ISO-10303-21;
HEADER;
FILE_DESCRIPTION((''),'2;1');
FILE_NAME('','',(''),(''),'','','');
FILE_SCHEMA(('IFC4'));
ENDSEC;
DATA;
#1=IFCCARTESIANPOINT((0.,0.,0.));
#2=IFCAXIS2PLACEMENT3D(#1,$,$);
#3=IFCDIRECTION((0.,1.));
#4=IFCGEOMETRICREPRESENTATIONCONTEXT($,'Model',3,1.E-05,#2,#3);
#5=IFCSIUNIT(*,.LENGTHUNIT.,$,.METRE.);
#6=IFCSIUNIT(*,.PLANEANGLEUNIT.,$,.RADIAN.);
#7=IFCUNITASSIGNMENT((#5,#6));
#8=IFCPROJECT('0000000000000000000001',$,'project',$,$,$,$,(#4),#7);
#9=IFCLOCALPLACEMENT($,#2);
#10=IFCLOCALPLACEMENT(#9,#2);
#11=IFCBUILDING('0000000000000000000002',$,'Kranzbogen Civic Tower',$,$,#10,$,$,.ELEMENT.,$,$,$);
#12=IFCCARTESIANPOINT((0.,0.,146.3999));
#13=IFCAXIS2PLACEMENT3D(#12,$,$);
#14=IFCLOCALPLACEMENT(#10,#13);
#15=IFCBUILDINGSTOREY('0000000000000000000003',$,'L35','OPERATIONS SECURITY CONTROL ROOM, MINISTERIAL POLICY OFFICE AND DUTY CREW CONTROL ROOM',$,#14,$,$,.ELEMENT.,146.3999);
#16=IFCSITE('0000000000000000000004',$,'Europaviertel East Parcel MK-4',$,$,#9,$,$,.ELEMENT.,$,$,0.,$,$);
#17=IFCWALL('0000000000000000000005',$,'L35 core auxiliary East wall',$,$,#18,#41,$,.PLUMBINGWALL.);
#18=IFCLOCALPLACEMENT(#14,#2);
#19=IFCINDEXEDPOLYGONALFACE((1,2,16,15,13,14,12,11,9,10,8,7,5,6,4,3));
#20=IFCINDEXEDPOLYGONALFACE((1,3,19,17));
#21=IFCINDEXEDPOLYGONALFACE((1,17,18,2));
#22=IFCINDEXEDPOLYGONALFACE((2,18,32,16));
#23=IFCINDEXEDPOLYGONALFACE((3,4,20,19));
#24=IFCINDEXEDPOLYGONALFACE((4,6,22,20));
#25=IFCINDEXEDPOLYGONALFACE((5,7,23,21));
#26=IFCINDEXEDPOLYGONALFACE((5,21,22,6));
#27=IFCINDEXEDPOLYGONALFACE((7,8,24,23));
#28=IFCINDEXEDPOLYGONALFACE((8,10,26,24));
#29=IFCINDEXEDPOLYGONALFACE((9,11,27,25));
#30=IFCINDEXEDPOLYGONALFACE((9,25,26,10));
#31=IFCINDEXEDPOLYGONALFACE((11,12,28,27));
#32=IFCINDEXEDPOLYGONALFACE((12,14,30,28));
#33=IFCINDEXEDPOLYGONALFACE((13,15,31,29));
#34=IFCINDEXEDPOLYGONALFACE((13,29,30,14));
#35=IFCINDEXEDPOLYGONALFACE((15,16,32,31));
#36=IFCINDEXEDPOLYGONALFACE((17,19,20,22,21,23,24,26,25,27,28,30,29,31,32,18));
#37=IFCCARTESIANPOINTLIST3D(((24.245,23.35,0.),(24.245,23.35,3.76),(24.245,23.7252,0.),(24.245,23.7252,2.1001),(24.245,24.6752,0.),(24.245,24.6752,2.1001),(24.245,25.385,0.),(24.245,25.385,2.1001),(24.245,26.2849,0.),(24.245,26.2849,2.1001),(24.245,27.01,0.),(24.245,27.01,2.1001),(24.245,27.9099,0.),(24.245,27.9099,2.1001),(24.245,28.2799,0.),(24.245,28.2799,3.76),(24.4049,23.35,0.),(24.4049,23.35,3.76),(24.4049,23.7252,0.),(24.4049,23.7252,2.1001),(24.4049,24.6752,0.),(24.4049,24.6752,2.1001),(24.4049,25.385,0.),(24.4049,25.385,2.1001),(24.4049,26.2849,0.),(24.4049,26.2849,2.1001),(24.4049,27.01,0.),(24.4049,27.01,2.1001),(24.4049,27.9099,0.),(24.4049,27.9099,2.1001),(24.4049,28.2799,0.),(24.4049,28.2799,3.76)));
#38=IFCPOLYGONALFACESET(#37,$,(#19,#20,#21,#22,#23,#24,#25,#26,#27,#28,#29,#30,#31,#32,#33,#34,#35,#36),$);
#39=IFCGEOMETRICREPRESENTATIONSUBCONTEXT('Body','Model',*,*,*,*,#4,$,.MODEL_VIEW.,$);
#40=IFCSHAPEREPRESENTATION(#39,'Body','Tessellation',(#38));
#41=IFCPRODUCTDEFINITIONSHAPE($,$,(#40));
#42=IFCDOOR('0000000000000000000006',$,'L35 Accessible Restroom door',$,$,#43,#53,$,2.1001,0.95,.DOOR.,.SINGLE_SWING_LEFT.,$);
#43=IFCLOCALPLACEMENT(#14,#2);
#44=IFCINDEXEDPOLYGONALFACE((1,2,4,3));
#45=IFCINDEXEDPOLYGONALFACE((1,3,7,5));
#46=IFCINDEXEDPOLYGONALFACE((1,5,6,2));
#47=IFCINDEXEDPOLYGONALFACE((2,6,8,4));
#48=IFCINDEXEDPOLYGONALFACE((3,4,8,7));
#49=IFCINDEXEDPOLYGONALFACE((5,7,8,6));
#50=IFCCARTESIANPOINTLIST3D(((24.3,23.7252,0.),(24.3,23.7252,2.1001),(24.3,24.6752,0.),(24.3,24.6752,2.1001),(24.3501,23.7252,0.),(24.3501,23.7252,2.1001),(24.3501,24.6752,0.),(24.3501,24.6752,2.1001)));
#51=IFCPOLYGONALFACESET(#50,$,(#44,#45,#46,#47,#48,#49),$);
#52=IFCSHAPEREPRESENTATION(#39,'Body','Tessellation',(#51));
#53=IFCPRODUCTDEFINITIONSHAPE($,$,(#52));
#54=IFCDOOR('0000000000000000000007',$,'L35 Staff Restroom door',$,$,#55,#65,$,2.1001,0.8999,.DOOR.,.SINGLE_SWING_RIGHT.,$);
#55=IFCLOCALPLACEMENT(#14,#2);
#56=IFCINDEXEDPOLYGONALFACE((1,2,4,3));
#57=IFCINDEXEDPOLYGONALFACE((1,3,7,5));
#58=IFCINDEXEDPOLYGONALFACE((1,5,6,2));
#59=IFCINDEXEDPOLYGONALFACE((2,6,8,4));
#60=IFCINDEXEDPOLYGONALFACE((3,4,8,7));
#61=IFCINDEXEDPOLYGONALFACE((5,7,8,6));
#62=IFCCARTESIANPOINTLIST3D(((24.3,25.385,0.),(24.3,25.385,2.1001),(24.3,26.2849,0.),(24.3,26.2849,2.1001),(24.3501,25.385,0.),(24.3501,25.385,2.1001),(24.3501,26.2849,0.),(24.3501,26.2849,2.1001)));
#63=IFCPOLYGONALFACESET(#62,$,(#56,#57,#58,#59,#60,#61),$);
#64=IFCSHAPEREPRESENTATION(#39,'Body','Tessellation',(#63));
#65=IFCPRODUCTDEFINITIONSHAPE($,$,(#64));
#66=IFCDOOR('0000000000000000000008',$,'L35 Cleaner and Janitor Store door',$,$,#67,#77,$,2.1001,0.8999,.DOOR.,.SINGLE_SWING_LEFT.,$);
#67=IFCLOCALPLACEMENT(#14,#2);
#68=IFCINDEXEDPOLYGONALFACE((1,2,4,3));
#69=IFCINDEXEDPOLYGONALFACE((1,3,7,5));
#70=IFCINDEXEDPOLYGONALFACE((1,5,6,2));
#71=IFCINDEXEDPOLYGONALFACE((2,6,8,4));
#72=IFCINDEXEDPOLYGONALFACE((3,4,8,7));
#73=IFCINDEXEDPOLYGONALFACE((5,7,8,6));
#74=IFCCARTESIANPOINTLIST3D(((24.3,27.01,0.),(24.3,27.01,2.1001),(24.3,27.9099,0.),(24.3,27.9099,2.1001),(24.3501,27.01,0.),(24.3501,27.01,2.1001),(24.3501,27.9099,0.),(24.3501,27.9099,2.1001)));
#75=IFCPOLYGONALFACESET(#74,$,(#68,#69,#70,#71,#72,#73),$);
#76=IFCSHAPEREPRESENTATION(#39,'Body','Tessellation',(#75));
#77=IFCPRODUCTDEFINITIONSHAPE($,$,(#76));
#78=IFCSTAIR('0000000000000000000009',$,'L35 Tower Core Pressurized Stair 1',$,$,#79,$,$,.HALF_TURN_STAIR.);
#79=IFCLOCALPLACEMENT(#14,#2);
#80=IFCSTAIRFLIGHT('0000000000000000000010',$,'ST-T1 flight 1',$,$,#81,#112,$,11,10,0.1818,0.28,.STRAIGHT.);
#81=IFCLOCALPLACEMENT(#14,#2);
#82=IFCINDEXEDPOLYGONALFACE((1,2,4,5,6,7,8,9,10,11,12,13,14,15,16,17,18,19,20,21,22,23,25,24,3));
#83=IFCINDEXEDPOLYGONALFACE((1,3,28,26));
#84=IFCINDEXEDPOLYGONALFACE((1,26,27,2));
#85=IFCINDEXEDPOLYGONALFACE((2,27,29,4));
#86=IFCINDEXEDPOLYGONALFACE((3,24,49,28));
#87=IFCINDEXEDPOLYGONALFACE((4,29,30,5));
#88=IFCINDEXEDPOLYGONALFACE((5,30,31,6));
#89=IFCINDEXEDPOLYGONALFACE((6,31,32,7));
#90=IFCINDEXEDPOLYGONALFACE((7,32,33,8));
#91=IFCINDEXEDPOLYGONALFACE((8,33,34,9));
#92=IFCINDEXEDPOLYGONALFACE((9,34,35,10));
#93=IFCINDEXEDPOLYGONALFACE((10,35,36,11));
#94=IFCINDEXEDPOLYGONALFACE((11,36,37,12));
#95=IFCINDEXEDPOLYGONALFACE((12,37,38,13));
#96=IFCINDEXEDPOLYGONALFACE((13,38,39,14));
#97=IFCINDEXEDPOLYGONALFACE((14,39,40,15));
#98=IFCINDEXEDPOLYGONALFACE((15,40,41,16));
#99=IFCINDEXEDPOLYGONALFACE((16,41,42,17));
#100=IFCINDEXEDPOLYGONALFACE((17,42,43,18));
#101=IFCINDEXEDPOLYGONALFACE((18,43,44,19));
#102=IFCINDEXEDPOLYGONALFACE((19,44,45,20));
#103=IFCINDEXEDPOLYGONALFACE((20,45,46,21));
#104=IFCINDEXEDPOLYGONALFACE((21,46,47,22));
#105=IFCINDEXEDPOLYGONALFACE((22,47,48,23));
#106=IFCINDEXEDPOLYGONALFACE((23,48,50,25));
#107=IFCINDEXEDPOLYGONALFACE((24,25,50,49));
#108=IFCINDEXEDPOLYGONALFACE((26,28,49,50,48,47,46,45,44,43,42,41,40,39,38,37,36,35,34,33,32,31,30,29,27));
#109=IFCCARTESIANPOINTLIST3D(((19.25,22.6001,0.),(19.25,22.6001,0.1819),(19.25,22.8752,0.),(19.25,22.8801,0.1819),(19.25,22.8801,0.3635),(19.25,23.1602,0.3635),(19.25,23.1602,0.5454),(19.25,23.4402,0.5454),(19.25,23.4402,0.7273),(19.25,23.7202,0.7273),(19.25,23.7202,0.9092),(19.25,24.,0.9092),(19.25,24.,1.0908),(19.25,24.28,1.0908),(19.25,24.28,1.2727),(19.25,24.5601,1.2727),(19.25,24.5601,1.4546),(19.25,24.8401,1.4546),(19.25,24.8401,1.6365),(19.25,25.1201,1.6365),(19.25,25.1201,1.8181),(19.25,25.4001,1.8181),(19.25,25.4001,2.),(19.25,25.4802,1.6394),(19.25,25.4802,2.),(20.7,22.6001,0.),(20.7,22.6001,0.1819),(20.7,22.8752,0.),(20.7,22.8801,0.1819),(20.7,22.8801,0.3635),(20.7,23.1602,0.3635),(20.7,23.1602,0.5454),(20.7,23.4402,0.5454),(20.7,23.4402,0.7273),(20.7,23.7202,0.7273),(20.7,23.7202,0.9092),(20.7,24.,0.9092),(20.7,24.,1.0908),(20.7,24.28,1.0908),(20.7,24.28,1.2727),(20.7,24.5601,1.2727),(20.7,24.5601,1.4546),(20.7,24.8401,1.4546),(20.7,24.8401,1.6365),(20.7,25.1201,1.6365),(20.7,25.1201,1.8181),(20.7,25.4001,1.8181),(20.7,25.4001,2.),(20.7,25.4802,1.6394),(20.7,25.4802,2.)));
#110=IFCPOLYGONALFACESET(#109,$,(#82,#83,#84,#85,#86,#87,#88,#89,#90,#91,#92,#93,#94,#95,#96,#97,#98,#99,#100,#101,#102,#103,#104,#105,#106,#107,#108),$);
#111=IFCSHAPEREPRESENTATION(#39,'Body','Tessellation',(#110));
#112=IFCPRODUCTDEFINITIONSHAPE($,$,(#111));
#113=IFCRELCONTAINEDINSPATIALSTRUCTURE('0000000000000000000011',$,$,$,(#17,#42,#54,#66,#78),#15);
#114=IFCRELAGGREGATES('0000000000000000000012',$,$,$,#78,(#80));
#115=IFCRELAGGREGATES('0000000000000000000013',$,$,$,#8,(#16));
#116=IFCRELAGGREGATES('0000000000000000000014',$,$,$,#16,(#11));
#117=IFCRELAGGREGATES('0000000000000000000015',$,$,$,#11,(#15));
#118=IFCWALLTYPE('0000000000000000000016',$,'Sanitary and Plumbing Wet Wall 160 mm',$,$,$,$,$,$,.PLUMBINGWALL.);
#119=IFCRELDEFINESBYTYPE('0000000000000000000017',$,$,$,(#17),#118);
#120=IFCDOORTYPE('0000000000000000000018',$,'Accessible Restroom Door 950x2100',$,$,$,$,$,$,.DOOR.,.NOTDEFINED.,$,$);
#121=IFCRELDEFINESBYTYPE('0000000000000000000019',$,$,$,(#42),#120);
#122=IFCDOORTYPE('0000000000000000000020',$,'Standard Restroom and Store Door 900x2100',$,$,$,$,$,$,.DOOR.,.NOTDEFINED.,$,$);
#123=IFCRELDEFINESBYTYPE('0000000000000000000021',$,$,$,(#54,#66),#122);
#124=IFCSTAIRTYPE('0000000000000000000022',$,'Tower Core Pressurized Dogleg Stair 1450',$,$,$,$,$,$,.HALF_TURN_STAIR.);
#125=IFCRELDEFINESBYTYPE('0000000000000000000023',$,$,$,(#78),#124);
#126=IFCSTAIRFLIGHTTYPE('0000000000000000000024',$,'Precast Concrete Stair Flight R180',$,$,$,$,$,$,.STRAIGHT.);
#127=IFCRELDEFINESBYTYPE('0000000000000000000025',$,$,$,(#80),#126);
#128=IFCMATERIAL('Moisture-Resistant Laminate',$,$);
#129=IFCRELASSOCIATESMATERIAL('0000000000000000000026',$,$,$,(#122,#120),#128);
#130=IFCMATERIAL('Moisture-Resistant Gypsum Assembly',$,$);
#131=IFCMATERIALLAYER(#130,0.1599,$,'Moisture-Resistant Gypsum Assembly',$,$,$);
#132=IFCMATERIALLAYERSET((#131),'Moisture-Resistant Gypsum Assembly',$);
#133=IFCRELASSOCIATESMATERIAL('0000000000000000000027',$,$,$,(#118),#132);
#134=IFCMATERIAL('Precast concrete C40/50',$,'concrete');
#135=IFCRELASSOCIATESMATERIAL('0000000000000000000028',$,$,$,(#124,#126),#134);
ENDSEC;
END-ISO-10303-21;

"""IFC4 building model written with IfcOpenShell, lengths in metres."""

from ifc_helpers import new_model, si_unit, direction, frame, frame_2d, origin, place, context, subcontext, project, spatial, polyline, rectangle, outline, extrude, material, layer, layer_set, type_object, element, fill, aggregate, save


model = new_model("IFC4")

# Units and contexts
model_context = context("Model", 3, precision=1e-05, world=origin(), true_north=direction((0.0, 1.0)))
body_context = subcontext(model_context, "Body", "Model", "MODEL_VIEW")
ifc_project = project(units=[si_unit("LENGTHUNIT", "METRE"), si_unit("PLANEANGLEUNIT", "RADIAN")], contexts=[model_context])

# Site, building, storey
site_placement = place(None, origin())
site = spatial("IfcSite", under=ifc_project, at=site_placement, Name="Europaviertel East Parcel MK-4", CompositionType="ELEMENT", RefElevation=0.0)
building_placement = place(site_placement, origin())
building = spatial("IfcBuilding", under=site, at=building_placement, Name="Kranzbogen Civic Tower", CompositionType="ELEMENT")
storey_placement = place(building_placement, frame((0.0, 0.0, 146.3999)))
storey = spatial("IfcBuildingStorey", under=building, at=storey_placement, Name="L35", Description="OPERATIONS SECURITY CONTROL ROOM, MINISTERIAL POLICY OFFICE AND DUTY CREW CONTROL ROOM", CompositionType="ELEMENT", Elevation=146.3999)

# Shared definitions
ifc_material_1 = material(Name="Moisture-Resistant Laminate")
door_type_1 = type_object("IfcDoorType", Name="Standard Restroom and Store Door 900x2100", OperationType="NOTDEFINED", PredefinedType="DOOR", material=ifc_material_1)

# Wall, openings, doors
ifc_material_2 = material(Name="Moisture-Resistant Gypsum Assembly")
ifc_layer_1 = layer(ifc_material_2, 0.1599, Name="Moisture-Resistant Gypsum Assembly")
ifc_layer_set_1 = layer_set([ifc_layer_1], Name="Moisture-Resistant Gypsum Assembly")
wall_type_1 = type_object("IfcWallType", Name="Sanitary and Plumbing Wet Wall 160 mm", PredefinedType="PLUMBINGWALL", material=ifc_layer_set_1)
wall_1_placement = place(storey_placement, frame((24.325, 23.3501, 0.0), z_axis=(0.0, 0.0, 1.0), x_axis=(0.0, 1.0, 0.0)))
wall_1 = element("IfcWall", 1, at=wall_1_placement, inside=storey, type_object=wall_type_1, Name="L35 core auxiliary East wall", PredefinedType="PLUMBINGWALL", context=body_context, shape_type="SweptSolid", body=[
    extrude(rectangle(XDim=4.9299, YDim=0.1599, at=frame_2d((2.4648, 0.0))), origin(), (0.0, 0.0, 1.0), 3.76),
])
opening_1_placement = place(wall_1_placement, frame((0.375, 0.0, 0.0)))
opening_1 = element("IfcOpeningElement", 2, at=opening_1_placement, cuts=wall_1, PredefinedType="OPENING", context=body_context, shape_type="SweptSolid", body=[
    extrude(rectangle(XDim=0.95, YDim=2.1001, at=frame_2d((0.4751, 1.05))), frame((0.0, 0.0898, 0.0), z_axis=(0.0, -1.0, 0.0), x_axis=(1.0, 0.0, 0.0)), (0.0, 0.0, 1.0), 0.1799),
])
opening_2_placement = place(wall_1_placement, frame((2.0349, 0.0, 0.0)))
opening_2 = element("IfcOpeningElement", 3, at=opening_2_placement, cuts=wall_1, PredefinedType="OPENING", context=body_context, shape_type="SweptSolid", body=[
    extrude(rectangle(XDim=0.8999, YDim=2.1001, at=frame_2d((0.45, 1.05))), frame((0.0, 0.0898, 0.0), z_axis=(0.0, -1.0, 0.0), x_axis=(1.0, 0.0, 0.0)), (0.0, 0.0, 1.0), 0.1799),
])
opening_3_placement = place(wall_1_placement, frame((3.6599, 0.0, 0.0)))
opening_3 = element("IfcOpeningElement", 4, at=opening_3_placement, cuts=wall_1, PredefinedType="OPENING", context=body_context, shape_type="SweptSolid", body=[
    extrude(rectangle(XDim=0.8999, YDim=2.1001, at=frame_2d((0.45, 1.05))), frame((0.0, 0.0898, 0.0), z_axis=(0.0, -1.0, 0.0), x_axis=(1.0, 0.0, 0.0)), (0.0, 0.0, 1.0), 0.1799),
])
door_type_2 = type_object("IfcDoorType", Name="Accessible Restroom Door 950x2100", OperationType="NOTDEFINED", PredefinedType="DOOR", material=ifc_material_1)
door_1_placement = place(opening_1_placement, origin())
door_1 = element("IfcDoor", 5, at=door_1_placement, inside=storey, type_object=door_type_2, Name="L35 Accessible Restroom door", OperationType="SINGLE_SWING_LEFT", OverallHeight=2.1001, OverallWidth=0.95, PredefinedType="DOOR", context=body_context, shape_type="SweptSolid", body=[
    extrude(rectangle(XDim=0.95, YDim=2.1001, at=frame_2d((0.4751, 1.05))), frame((0.0, 0.0249, 0.0), z_axis=(0.0, -1.0, 0.0), x_axis=(1.0, 0.0, 0.0)), (0.0, 0.0, 1.0), 0.05),
])
fill(opening_1, door_1)
door_2_placement = place(opening_2_placement, origin())
door_2 = element("IfcDoor", 6, at=door_2_placement, inside=storey, type_object=door_type_1, Name="L35 Staff Restroom door", OperationType="SINGLE_SWING_RIGHT", OverallHeight=2.1001, OverallWidth=0.8999, PredefinedType="DOOR", context=body_context, shape_type="SweptSolid", body=[
    extrude(rectangle(XDim=0.8999, YDim=2.1001, at=frame_2d((0.45, 1.05))), frame((0.0, 0.0249, 0.0), z_axis=(0.0, -1.0, 0.0), x_axis=(1.0, 0.0, 0.0)), (0.0, 0.0, 1.0), 0.05),
])
fill(opening_2, door_2)
door_3_placement = place(opening_3_placement, origin())
door_3 = element("IfcDoor", 7, at=door_3_placement, inside=storey, type_object=door_type_1, Name="L35 Cleaner and Janitor Store door", OperationType="SINGLE_SWING_LEFT", OverallHeight=2.1001, OverallWidth=0.8999, PredefinedType="DOOR", context=body_context, shape_type="SweptSolid", body=[
    extrude(rectangle(XDim=0.8999, YDim=2.1001, at=frame_2d((0.45, 1.05))), frame((0.0, 0.0249, 0.0), z_axis=(0.0, -1.0, 0.0), x_axis=(1.0, 0.0, 0.0)), (0.0, 0.0, 1.0), 0.05),
])
fill(opening_3, door_3)

# Stair, stair flight
ifc_material_3 = material(Name="Precast concrete C40/50", Category="concrete")
stair_type = type_object("IfcStairType", Name="Tower Core Pressurized Dogleg Stair 1450", PredefinedType="HALF_TURN_STAIR", material=ifc_material_3)
stair_placement = place(storey_placement, origin())
stair = element("IfcStair", 8, at=stair_placement, inside=storey, type_object=stair_type, Name="L35 Tower Core Pressurized Stair 1", PredefinedType="HALF_TURN_STAIR")
stair_flight_type = type_object("IfcStairFlightType", Name="Precast Concrete Stair Flight R180", PredefinedType="STRAIGHT", material=ifc_material_3)
stair_flight_placement = place(storey_placement, frame((19.9751, 22.6001, 0.0), z_axis=(0.0, 0.0, 1.0), x_axis=(0.0, 1.0, 0.0)))
stair_flight = element("IfcStairFlight", 9, at=stair_flight_placement, type_object=stair_flight_type, Name="ST-T1 flight 1", NumberOfRisers=11, NumberOfTreads=10, PredefinedType="STRAIGHT", RiserHeight=0.1818, TreadLength=0.28, context=body_context, shape_type="SweptSolid", body=[
    extrude(outline(polyline([(0.0, 0.0), (0.0, 0.1819), (0.28, 0.1819), (0.28, 0.3635), (0.5601, 0.3635), (0.5601, 0.5454), (0.8401, 0.5454), (0.8401, 0.7273), (1.1201, 0.7273), (1.1201, 0.9092), (1.3999, 0.9092), (1.3999, 1.0908), (1.6799, 1.0908), (1.6799, 1.2727), (1.96, 1.2727), (1.96, 1.4546), (2.24, 1.4546), (2.24, 1.6365), (2.52, 1.6365), (2.52, 1.8181), (2.8, 1.8181), (2.8, 2.0), (2.8801, 2.0), (2.8801, 1.6394), (0.2751, 0.0), (0.0, 0.0)])), frame((0.0, 0.7251, 0.0), z_axis=(0.0, -1.0, 0.0), x_axis=(1.0, 0.0, 0.0)), (0.0, 0.0, 1.0), 1.45),
])
aggregate(stair, [stair_flight])

save(model, "model.ifc")
